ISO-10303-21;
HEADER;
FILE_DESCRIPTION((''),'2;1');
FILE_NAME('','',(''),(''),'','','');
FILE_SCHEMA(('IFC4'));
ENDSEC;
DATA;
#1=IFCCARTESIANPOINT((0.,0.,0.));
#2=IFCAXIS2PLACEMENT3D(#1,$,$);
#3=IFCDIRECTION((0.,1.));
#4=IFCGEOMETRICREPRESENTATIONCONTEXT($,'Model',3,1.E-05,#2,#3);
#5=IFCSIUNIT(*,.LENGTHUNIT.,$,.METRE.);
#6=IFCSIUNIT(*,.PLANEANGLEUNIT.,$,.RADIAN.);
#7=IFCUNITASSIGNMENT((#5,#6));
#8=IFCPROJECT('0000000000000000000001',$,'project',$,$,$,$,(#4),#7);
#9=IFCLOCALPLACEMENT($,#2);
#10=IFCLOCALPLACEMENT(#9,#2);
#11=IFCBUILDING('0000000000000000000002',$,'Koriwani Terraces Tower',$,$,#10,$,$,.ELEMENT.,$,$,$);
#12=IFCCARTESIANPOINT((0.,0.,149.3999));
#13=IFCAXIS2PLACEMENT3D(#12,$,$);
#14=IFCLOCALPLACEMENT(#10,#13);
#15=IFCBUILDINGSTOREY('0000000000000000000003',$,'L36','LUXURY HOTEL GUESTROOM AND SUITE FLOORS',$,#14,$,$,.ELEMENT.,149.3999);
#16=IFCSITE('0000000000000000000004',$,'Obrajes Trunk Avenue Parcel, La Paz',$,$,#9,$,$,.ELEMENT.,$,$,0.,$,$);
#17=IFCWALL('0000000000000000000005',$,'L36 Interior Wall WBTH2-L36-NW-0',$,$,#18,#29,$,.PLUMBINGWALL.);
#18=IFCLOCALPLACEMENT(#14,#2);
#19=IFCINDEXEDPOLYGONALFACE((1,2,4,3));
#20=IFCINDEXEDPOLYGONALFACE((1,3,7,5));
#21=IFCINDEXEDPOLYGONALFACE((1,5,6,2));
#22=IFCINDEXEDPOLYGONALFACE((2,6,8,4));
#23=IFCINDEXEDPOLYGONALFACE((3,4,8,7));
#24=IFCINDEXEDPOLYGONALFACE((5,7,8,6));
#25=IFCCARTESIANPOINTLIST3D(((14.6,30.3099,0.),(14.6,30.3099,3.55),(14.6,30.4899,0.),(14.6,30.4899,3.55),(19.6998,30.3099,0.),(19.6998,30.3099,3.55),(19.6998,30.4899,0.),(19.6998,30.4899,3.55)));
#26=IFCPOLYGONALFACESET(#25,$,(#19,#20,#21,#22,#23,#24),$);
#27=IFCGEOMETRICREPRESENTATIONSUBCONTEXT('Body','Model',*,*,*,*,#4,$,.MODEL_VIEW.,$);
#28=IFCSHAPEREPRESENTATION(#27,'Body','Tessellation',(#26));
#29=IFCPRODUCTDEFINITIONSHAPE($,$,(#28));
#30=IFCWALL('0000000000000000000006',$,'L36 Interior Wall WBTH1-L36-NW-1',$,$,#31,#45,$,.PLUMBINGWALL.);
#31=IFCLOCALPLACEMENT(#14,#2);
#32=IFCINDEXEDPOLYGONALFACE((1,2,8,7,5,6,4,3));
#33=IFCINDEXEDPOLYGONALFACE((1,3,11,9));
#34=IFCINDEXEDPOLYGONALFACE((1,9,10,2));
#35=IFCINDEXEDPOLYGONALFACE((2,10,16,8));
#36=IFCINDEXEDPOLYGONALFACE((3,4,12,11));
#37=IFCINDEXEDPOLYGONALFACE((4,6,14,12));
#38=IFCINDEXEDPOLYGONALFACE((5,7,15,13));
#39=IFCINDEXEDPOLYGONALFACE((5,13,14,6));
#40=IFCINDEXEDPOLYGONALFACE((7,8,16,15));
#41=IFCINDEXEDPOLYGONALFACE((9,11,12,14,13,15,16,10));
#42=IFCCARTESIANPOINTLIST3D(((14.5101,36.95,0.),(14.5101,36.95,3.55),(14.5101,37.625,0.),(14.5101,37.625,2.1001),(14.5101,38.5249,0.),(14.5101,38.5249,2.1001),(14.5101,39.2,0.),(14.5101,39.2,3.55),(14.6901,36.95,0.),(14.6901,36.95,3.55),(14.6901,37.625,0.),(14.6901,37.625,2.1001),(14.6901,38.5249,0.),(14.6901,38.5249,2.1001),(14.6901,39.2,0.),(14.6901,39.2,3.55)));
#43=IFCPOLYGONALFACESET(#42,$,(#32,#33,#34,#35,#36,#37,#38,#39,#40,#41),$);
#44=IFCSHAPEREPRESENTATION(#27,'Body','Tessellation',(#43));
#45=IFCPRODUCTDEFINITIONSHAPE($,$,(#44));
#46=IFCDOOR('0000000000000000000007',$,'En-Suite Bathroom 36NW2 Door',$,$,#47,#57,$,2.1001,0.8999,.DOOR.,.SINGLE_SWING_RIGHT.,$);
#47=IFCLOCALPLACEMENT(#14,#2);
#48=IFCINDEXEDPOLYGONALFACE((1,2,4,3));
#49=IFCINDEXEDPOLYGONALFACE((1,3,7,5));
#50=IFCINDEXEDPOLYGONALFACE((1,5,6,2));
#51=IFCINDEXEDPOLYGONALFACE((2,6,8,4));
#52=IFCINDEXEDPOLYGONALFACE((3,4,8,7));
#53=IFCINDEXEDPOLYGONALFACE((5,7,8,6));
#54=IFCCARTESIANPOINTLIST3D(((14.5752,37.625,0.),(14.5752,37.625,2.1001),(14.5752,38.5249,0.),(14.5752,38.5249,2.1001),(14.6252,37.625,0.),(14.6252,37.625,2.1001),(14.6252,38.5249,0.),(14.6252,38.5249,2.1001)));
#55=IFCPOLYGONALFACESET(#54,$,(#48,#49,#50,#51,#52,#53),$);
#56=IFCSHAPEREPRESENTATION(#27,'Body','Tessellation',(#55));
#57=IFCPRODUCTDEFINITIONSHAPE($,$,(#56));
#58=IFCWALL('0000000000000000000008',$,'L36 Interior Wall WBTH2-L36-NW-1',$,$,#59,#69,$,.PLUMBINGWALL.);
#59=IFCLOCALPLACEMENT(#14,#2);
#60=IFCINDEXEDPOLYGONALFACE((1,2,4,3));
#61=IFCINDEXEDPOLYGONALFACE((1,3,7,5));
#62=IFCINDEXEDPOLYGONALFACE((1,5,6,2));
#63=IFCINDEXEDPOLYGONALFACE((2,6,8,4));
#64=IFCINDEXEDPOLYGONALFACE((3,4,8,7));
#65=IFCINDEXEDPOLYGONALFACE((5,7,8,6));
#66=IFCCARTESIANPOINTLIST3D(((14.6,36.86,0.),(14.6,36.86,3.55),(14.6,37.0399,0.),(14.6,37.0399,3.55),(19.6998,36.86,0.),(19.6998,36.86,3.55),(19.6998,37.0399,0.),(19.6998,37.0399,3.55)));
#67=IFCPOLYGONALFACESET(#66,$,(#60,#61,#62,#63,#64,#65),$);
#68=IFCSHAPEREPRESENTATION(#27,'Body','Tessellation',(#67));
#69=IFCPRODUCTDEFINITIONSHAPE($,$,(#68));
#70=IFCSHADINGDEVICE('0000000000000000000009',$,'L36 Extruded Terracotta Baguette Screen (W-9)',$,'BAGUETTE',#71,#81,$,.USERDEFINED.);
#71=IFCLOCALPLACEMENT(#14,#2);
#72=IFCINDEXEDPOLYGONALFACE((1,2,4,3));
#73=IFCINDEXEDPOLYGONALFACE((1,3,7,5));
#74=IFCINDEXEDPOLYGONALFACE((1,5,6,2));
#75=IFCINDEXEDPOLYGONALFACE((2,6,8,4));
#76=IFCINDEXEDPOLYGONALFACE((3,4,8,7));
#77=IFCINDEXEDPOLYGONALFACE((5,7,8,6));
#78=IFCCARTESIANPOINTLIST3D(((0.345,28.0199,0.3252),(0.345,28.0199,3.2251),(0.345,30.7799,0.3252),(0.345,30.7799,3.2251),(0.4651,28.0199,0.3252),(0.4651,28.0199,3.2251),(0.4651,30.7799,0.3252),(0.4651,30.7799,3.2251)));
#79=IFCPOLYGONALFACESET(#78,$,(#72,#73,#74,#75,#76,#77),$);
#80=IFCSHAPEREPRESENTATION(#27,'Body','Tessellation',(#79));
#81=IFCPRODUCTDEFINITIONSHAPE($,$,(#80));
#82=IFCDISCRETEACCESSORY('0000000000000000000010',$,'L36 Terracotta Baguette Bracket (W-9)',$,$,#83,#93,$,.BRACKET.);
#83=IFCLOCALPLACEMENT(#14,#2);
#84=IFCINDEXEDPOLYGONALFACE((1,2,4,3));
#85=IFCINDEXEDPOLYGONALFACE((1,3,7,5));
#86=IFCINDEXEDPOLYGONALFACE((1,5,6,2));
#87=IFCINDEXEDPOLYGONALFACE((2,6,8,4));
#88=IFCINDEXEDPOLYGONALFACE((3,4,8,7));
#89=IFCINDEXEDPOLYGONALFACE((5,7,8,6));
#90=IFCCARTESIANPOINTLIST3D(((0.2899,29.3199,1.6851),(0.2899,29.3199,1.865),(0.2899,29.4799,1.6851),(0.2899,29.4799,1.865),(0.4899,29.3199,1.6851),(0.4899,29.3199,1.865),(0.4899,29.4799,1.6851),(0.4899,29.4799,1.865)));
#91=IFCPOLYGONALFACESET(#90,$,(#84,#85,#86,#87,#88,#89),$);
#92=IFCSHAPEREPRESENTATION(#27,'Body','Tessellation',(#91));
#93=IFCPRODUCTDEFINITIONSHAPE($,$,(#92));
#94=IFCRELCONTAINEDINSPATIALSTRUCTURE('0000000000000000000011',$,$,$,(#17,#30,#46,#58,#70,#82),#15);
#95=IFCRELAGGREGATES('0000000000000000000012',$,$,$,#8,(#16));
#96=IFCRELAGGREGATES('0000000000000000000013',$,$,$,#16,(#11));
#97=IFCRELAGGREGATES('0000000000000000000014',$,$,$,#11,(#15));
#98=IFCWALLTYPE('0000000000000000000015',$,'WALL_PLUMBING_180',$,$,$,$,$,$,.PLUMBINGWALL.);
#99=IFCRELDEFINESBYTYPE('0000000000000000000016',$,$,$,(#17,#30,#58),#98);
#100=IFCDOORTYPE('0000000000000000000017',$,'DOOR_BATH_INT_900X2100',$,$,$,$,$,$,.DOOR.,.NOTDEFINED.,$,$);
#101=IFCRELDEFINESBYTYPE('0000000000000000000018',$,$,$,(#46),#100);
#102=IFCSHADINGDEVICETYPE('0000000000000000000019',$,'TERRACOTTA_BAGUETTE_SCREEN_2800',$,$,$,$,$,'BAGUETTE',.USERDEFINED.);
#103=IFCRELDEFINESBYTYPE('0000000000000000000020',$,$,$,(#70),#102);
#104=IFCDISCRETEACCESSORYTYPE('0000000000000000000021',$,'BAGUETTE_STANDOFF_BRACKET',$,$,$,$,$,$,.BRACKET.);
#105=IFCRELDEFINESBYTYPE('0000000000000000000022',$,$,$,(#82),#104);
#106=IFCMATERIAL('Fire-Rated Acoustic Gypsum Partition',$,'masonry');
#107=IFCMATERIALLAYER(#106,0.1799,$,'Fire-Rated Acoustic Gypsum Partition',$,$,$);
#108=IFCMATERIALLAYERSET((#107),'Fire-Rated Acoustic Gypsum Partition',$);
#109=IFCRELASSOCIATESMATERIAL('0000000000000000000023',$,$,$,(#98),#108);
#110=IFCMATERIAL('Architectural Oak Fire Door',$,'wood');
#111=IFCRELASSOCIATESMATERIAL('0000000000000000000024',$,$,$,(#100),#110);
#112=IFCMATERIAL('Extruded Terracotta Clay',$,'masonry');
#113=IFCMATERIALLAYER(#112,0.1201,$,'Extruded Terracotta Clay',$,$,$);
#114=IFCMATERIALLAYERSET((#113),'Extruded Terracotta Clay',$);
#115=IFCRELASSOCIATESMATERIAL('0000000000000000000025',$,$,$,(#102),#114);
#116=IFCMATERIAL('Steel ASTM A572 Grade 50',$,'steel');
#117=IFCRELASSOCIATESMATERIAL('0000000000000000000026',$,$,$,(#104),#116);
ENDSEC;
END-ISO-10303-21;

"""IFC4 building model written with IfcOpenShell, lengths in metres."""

from ifc_helpers import new_model, si_unit, direction, frame, frame_2d, origin, origin_2d, place, context, subcontext, project, spatial, rectangle, extrude, material, layer, layer_set, type_object, element, fill, save


model = new_model("IFC4")

# Units and contexts
model_context = context("Model", 3, precision=1e-05, world=origin(), true_north=direction((0.0, 1.0)))
body_context = subcontext(model_context, "Body", "Model", "MODEL_VIEW")
ifc_project = project(units=[si_unit("LENGTHUNIT", "METRE"), si_unit("PLANEANGLEUNIT", "RADIAN")], contexts=[model_context])

# Site, building, storey
site_placement = place(None, origin())
site = spatial("IfcSite", under=ifc_project, at=site_placement, Name="Obrajes Trunk Avenue Parcel, La Paz", CompositionType="ELEMENT", RefElevation=0.0)
building_placement = place(site_placement, origin())
building = spatial("IfcBuilding", under=site, at=building_placement, Name="Koriwani Terraces Tower", CompositionType="ELEMENT")
storey_placement = place(building_placement, frame((0.0, 0.0, 149.3999)))
storey = spatial("IfcBuildingStorey", under=building, at=storey_placement, Name="L36", Description="LUXURY HOTEL GUESTROOM AND SUITE FLOORS", CompositionType="ELEMENT", Elevation=149.3999)

# Shared definitions
ifc_material_1 = material(Name="Steel ASTM A572 Grade 50", Category="steel")

# Shared definitions
ifc_material_2 = material(Name="Architectural Oak Fire Door", Category="wood")

# Shared definitions
ifc_material_3 = material(Name="Fire-Rated Acoustic Gypsum Partition", Category="masonry")
ifc_layer_1 = layer(ifc_material_3, 0.1799, Name="Fire-Rated Acoustic Gypsum Partition")
ifc_layer_set_1 = layer_set([ifc_layer_1], Name="Fire-Rated Acoustic Gypsum Partition")
wall_type_1 = type_object("IfcWallType", Name="WALL_PLUMBING_180", PredefinedType="PLUMBINGWALL", material=ifc_layer_set_1)
door_type_1 = type_object("IfcDoorType", Name="DOOR_BATH_INT_900X2100", OperationType="NOTDEFINED", PredefinedType="DOOR", material=ifc_material_2)

# Wall
wall_1_placement = place(storey_placement, frame((14.6001, 30.3999, 0.0), z_axis=(0.0, 0.0, 1.0), x_axis=(1.0, 0.0, 0.0)))
element("IfcWall", 1, at=wall_1_placement, inside=storey, type_object=wall_type_1, Name="L36 Interior Wall WBTH2-L36-NW-0", PredefinedType="PLUMBINGWALL", context=body_context, shape_type="SweptSolid", body=[
    extrude(rectangle(XDim=5.0999, YDim=0.1799, at=frame_2d((2.5498, 0.0))), origin(), (0.0, 0.0, 1.0), 3.55),
])

# Wall, opening, door
wall_2_placement = place(storey_placement, frame((14.6001, 36.95, 0.0), z_axis=(0.0, 0.0, 1.0), x_axis=(0.0, 1.0, 0.0)))
wall_2 = element("IfcWall", 2, at=wall_2_placement, inside=storey, type_object=wall_type_1, Name="L36 Interior Wall WBTH1-L36-NW-1", PredefinedType="PLUMBINGWALL", context=body_context, shape_type="SweptSolid", body=[
    extrude(rectangle(XDim=2.25, YDim=0.1799, at=frame_2d((1.125, 0.0))), origin(), (0.0, 0.0, 1.0), 3.55),
])
opening_1_placement = place(wall_2_placement, frame((0.675, 0.0, 0.0)))
opening_1 = element("IfcOpeningElement", 3, at=opening_1_placement, cuts=wall_2, PredefinedType="OPENING", context=body_context, shape_type="SweptSolid", body=[
    extrude(rectangle(XDim=0.8999, YDim=2.1001, at=frame_2d((0.45, 1.05))), frame((0.0, 0.1001, 0.0), z_axis=(0.0, -1.0, 0.0), x_axis=(1.0, 0.0, 0.0)), (0.0, 0.0, 1.0), 0.2),
])
door_1_placement = place(opening_1_placement, origin())
door_1 = element("IfcDoor", 4, at=door_1_placement, inside=storey, type_object=door_type_1, Name="En-Suite Bathroom 36NW2 Door", OperationType="SINGLE_SWING_RIGHT", OverallHeight=2.1001, OverallWidth=0.8999, PredefinedType="DOOR", context=body_context, shape_type="SweptSolid", body=[
    extrude(rectangle(XDim=0.8999, YDim=2.1001, at=frame_2d((0.45, 1.05))), frame((0.0, 0.0249, 0.0), z_axis=(0.0, -1.0, 0.0), x_axis=(1.0, 0.0, 0.0)), (0.0, 0.0, 1.0), 0.05),
])
fill(opening_1, door_1)

# Wall
wall_3_placement = place(storey_placement, frame((14.6001, 36.95, 0.0), z_axis=(0.0, 0.0, 1.0), x_axis=(1.0, 0.0, 0.0)))
element("IfcWall", 5, at=wall_3_placement, inside=storey, type_object=wall_type_1, Name="L36 Interior Wall WBTH2-L36-NW-1", PredefinedType="PLUMBINGWALL", context=body_context, shape_type="SweptSolid", body=[
    extrude(rectangle(XDim=5.0999, YDim=0.1799, at=frame_2d((2.5498, 0.0))), origin(), (0.0, 0.0, 1.0), 3.55),
])

# Shading device
ifc_material_4 = material(Name="Extruded Terracotta Clay", Category="masonry")
ifc_layer_2 = layer(ifc_material_4, 0.1201, Name="Extruded Terracotta Clay")
ifc_layer_set_2 = layer_set([ifc_layer_2], Name="Extruded Terracotta Clay")
shading_device_type = type_object("IfcShadingDeviceType", Name="TERRACOTTA_BAGUETTE_SCREEN_2800", ElementType="BAGUETTE", PredefinedType="USERDEFINED", material=ifc_layer_set_2)
shading_device_placement = place(storey_placement, frame((0.405, 29.3999, 0.3252), z_axis=(0.0, 0.0, 1.0), x_axis=(0.0, 1.0, 0.0)))
element("IfcShadingDevice", 6, at=shading_device_placement, inside=storey, type_object=shading_device_type, Name="L36 Extruded Terracotta Baguette Screen (W-9)", ObjectType="BAGUETTE", PredefinedType="USERDEFINED", context=body_context, shape_type="SweptSolid", body=[
    extrude(rectangle(XDim=2.76, YDim=0.1201, at=origin_2d()), origin(), (0.0, 0.0, 1.0), 2.8999),
])

# Discrete accessory
discrete_accessory_type = type_object("IfcDiscreteAccessoryType", Name="BAGUETTE_STANDOFF_BRACKET", PredefinedType="BRACKET", material=ifc_material_1)
discrete_accessory_placement = place(storey_placement, frame((0.3899, 29.3999, 1.6851), z_axis=(0.0, 0.0, 1.0), x_axis=(0.0, 1.0, 0.0)))
element("IfcDiscreteAccessory", 7, at=discrete_accessory_placement, inside=storey, type_object=discrete_accessory_type, Name="L36 Terracotta Baguette Bracket (W-9)", PredefinedType="BRACKET", context=body_context, shape_type="SweptSolid", body=[
    extrude(rectangle(XDim=0.1599, YDim=0.2, at=origin_2d()), origin(), (0.0, 0.0, 1.0), 0.1799),
])

save(model, "model.ifc")
